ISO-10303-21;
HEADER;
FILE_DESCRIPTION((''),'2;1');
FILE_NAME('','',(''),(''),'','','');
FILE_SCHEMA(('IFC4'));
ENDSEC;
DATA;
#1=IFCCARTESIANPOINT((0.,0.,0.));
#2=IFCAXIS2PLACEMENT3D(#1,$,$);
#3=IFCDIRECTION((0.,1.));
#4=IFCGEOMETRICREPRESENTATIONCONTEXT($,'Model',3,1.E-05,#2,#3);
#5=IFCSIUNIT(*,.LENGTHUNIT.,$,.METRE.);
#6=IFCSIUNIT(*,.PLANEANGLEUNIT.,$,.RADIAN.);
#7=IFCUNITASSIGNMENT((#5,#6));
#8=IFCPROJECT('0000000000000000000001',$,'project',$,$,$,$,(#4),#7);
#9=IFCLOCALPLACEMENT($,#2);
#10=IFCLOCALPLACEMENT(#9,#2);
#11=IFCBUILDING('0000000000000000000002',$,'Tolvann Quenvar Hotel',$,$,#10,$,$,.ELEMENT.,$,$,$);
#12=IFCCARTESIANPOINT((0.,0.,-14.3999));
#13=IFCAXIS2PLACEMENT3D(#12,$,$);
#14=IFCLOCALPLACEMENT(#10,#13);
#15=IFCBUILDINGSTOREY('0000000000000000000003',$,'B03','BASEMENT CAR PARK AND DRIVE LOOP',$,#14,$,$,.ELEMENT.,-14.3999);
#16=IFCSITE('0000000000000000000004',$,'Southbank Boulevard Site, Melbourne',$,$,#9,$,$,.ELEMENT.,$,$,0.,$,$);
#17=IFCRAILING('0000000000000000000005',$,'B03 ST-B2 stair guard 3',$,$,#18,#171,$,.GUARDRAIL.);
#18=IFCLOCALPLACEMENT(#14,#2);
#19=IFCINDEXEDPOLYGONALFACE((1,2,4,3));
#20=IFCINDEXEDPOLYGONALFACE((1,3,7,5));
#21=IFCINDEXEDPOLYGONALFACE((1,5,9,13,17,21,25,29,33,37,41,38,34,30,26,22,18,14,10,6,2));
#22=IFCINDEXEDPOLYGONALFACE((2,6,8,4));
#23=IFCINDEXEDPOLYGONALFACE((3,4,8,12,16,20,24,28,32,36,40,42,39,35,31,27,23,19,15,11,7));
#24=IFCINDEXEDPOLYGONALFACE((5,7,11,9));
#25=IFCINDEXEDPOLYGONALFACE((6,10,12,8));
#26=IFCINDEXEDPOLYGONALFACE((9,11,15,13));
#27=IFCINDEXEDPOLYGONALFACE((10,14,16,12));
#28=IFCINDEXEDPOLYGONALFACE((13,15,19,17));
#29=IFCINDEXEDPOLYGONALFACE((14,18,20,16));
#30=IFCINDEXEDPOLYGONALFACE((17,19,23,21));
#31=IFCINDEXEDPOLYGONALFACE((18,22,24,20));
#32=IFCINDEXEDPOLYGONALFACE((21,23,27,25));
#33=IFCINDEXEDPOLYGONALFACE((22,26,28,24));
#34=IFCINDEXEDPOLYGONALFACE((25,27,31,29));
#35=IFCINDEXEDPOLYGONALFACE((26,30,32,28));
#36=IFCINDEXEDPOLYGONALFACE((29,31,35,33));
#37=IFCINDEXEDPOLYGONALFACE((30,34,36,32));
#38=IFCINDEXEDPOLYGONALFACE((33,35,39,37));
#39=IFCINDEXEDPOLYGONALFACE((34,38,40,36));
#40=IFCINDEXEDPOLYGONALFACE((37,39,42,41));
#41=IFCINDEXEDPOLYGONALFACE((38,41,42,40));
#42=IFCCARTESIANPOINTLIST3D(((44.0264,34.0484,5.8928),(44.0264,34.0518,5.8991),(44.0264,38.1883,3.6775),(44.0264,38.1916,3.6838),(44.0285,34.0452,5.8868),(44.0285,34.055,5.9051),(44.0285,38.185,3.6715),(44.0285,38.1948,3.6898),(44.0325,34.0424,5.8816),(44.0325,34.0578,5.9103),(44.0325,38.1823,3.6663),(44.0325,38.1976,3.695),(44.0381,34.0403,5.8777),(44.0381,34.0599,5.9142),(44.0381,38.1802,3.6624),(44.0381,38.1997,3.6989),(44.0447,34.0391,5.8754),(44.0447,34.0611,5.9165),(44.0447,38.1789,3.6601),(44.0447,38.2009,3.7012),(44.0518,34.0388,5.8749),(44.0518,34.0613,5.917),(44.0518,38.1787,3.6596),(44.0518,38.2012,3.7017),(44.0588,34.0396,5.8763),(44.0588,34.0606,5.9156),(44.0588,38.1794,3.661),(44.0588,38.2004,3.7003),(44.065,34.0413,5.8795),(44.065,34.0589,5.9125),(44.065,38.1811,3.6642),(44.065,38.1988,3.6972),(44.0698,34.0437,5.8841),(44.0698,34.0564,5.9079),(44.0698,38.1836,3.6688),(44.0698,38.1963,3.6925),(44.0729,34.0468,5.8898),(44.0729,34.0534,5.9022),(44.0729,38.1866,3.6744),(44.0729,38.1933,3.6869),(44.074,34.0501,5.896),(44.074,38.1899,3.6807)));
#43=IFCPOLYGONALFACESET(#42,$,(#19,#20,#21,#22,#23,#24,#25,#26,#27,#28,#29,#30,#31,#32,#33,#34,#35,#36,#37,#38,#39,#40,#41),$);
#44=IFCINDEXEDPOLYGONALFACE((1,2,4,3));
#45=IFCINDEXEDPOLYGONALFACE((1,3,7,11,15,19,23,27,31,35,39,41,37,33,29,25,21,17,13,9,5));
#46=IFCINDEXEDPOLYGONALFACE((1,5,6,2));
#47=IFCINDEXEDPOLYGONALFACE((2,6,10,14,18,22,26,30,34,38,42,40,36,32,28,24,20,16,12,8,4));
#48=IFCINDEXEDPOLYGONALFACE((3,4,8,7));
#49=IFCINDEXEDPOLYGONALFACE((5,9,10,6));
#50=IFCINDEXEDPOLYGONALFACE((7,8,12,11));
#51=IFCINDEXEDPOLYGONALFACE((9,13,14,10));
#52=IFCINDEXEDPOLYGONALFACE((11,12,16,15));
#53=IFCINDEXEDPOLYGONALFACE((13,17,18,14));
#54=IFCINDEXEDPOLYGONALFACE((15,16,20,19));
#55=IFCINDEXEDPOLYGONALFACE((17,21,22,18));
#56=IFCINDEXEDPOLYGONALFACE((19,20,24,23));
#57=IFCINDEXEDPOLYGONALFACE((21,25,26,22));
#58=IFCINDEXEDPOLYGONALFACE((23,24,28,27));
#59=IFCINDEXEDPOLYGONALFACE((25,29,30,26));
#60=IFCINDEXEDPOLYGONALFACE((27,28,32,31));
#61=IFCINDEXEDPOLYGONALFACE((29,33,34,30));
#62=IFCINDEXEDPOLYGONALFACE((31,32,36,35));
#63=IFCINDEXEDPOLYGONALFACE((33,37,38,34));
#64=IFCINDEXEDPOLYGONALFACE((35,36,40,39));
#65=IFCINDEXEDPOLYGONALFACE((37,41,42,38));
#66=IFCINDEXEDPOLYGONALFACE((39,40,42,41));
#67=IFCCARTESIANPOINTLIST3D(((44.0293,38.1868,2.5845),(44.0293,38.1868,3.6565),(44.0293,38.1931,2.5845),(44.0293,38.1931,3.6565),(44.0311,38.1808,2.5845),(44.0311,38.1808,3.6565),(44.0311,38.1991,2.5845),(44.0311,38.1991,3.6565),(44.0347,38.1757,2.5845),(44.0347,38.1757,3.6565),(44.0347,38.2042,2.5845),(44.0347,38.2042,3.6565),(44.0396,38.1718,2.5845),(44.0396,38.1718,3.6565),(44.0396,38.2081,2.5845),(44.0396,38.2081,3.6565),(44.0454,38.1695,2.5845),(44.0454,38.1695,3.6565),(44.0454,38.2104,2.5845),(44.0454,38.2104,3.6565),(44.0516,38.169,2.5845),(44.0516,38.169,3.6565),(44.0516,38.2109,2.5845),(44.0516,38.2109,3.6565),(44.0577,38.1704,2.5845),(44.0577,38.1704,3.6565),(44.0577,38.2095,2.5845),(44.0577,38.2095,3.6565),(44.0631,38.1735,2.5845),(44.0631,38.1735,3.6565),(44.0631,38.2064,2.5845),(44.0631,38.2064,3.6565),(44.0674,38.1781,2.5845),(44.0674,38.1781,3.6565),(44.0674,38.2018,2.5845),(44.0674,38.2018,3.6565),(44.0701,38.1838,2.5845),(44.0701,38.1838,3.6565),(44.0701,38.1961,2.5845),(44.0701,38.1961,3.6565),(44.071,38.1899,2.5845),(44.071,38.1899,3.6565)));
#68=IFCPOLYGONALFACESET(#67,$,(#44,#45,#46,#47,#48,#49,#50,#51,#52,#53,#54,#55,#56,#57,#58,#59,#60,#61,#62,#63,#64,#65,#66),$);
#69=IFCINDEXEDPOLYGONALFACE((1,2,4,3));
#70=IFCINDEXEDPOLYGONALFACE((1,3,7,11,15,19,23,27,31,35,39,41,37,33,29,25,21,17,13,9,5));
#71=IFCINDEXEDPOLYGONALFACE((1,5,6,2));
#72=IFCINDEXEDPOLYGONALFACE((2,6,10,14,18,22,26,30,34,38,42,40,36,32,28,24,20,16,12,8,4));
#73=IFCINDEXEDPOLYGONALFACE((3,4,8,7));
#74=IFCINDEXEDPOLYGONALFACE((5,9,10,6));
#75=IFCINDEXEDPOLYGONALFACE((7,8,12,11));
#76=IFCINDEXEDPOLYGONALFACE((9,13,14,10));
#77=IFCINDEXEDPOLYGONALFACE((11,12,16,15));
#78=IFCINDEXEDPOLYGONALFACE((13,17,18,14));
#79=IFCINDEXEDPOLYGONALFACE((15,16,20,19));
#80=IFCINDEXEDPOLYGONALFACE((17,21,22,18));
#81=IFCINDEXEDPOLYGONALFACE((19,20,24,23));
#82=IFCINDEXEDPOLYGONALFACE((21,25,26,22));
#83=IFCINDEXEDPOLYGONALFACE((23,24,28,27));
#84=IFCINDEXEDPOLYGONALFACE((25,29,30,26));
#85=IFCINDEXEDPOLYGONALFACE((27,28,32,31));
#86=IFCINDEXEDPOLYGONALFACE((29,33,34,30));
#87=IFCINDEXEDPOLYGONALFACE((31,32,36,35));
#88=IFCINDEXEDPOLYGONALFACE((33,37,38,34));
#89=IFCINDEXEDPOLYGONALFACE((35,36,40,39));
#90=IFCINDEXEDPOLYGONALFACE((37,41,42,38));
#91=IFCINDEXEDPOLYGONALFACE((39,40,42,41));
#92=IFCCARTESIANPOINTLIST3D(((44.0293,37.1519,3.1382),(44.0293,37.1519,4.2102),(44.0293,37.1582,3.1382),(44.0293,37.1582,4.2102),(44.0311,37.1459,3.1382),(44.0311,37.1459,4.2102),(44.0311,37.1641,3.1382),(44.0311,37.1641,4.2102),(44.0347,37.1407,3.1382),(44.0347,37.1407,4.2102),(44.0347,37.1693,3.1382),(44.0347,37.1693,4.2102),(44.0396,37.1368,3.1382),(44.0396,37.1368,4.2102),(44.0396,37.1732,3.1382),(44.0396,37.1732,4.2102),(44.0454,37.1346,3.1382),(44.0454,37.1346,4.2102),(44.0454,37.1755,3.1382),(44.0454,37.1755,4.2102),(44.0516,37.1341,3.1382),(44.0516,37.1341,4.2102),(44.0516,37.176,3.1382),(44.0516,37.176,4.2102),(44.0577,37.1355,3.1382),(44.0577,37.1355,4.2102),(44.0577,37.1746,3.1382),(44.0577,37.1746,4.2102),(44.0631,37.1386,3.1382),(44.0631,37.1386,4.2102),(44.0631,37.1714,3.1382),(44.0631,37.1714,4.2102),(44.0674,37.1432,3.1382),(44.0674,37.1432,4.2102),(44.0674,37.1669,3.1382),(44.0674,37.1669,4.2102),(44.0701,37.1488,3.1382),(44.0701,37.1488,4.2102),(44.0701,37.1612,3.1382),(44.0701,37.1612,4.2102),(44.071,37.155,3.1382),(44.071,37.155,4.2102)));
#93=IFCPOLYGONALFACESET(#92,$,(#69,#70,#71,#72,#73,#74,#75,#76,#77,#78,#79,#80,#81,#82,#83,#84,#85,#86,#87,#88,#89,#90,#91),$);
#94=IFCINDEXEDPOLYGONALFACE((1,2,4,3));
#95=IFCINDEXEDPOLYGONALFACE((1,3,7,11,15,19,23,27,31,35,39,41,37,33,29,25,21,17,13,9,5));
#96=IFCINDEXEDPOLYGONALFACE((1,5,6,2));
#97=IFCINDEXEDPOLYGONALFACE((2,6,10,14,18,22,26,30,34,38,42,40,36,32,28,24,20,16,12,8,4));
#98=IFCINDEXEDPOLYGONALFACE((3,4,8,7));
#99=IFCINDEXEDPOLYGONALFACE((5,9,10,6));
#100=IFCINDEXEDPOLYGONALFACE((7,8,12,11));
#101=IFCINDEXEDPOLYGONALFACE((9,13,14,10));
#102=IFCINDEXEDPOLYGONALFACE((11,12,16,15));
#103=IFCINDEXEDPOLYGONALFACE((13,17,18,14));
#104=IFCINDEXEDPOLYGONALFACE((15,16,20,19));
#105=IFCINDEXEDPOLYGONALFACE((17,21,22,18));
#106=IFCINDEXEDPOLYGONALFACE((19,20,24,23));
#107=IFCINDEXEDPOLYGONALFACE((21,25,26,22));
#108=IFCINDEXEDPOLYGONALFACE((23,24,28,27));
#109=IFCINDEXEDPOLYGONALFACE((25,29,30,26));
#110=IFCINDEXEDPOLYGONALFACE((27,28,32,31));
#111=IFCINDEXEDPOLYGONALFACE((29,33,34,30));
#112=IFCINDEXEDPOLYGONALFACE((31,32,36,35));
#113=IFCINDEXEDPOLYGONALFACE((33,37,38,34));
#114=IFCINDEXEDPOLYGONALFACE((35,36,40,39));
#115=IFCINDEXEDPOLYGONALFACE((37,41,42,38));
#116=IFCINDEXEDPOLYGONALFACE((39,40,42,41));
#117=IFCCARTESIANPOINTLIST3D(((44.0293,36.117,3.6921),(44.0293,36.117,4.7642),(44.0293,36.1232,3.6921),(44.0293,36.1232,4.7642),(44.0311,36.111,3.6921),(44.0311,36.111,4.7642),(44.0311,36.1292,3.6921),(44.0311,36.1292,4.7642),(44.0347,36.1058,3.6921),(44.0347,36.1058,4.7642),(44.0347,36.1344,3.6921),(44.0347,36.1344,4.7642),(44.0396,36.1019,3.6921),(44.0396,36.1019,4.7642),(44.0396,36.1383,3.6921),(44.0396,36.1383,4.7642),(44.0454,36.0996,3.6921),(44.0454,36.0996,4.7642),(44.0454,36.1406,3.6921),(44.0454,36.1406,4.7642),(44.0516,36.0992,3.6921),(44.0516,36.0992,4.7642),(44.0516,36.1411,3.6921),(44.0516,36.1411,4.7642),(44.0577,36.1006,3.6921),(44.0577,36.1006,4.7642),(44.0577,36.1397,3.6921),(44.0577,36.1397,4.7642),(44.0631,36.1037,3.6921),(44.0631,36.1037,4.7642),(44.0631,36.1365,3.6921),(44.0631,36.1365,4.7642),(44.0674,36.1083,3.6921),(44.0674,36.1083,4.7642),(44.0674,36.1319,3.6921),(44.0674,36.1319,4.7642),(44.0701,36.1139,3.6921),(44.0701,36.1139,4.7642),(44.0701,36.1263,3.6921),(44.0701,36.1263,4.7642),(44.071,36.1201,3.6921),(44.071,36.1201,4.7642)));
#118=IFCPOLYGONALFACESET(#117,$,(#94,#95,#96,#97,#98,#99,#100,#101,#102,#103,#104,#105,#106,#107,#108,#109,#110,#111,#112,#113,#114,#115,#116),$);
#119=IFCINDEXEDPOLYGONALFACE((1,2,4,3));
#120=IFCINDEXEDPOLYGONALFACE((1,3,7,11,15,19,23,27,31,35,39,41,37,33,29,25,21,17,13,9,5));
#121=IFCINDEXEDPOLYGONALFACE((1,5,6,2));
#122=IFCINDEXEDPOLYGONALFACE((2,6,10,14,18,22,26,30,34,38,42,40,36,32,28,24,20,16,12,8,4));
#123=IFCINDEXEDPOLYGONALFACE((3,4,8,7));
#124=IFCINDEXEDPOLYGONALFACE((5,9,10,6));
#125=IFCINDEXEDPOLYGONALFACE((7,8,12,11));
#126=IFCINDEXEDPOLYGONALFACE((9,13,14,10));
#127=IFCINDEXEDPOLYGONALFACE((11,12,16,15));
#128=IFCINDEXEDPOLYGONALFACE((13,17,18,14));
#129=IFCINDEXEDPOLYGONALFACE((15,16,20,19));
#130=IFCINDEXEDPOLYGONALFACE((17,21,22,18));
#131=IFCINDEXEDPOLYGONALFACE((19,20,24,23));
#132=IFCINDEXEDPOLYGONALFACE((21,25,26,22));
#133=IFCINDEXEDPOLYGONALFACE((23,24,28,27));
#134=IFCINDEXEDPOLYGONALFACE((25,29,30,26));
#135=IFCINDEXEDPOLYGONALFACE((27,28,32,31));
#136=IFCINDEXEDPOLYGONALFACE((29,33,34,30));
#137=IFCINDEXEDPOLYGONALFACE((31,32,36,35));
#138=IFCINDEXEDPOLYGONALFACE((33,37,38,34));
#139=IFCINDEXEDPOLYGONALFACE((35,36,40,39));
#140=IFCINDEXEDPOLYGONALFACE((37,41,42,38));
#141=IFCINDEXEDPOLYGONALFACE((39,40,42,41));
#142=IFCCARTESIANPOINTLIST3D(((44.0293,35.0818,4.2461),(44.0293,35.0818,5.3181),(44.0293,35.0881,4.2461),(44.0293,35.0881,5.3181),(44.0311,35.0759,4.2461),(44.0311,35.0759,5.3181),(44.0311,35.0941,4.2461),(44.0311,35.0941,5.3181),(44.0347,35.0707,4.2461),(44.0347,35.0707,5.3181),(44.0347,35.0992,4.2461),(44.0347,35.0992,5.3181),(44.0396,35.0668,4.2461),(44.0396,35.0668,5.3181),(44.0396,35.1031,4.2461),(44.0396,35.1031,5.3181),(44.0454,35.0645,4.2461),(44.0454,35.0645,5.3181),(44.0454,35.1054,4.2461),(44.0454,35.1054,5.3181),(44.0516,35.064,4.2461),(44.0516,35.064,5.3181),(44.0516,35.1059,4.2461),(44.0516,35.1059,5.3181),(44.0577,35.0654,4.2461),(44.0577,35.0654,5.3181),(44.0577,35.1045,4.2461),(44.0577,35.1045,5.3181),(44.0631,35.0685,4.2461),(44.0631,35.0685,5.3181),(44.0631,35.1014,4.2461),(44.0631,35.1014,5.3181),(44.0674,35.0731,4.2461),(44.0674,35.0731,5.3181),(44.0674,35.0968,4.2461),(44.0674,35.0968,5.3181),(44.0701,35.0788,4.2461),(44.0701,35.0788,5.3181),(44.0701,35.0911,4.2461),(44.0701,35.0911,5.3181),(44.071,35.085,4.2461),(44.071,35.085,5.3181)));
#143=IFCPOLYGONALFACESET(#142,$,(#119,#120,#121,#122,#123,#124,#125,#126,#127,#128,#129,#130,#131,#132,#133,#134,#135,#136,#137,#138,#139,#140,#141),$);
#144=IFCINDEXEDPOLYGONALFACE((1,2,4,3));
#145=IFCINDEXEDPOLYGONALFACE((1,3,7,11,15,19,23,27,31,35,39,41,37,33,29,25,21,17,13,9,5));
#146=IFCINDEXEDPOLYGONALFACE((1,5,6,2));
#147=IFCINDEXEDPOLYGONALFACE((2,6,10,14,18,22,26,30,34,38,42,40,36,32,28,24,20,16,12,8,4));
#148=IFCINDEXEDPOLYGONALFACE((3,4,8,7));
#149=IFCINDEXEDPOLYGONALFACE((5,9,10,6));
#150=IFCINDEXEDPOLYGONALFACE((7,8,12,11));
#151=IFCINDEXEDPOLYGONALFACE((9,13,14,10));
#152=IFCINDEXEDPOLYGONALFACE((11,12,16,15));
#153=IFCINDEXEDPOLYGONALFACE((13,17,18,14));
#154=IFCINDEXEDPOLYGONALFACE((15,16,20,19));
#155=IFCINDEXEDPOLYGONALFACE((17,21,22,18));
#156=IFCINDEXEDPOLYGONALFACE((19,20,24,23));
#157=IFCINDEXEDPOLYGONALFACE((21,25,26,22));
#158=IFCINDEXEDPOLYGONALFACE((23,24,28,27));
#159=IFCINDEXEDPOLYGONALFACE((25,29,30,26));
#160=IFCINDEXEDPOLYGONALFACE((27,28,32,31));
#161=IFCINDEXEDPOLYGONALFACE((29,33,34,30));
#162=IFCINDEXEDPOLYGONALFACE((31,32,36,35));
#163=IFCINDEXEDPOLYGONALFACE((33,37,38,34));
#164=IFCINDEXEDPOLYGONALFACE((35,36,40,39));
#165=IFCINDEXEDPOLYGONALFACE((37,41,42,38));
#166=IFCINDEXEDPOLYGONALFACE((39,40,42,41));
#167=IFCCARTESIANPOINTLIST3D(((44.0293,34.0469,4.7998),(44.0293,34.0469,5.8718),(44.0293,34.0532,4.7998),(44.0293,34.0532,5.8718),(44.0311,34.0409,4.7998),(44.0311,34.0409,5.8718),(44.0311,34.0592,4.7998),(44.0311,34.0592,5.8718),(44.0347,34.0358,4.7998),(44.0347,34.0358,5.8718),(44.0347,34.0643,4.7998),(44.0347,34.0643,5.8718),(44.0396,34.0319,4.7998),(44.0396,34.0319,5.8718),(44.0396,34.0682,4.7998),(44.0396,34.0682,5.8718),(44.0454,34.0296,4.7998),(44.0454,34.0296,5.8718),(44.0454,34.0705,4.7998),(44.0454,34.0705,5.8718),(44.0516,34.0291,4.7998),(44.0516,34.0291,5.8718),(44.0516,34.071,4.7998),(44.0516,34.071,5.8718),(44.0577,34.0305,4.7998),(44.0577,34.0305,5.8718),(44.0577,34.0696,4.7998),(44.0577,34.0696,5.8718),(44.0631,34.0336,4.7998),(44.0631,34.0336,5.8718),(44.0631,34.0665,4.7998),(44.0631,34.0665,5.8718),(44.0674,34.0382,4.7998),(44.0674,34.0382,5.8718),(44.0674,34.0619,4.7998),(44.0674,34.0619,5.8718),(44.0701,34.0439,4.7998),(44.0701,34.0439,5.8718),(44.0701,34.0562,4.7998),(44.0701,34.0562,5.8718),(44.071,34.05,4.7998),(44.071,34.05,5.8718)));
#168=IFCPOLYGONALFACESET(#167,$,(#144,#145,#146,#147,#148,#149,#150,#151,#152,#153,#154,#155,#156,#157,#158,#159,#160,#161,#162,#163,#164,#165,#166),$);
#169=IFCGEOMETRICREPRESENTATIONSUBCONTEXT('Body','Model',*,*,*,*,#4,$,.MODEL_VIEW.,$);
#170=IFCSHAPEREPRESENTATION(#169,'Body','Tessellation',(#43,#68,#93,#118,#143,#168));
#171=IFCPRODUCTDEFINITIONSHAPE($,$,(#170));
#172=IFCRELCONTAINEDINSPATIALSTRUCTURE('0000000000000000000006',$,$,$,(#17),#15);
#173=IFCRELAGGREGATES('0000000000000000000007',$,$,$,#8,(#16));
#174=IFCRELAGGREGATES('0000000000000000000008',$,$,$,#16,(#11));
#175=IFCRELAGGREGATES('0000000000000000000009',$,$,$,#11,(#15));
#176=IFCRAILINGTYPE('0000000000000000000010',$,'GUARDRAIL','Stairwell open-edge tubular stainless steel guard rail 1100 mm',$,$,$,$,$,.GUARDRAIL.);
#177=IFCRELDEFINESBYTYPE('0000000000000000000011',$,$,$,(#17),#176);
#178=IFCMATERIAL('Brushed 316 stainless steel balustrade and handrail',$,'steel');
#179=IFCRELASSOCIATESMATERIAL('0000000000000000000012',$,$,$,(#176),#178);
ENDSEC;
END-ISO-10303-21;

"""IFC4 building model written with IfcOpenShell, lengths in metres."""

from ifc_helpers import new_model, si_unit, direction, frame, origin, origin_2d, place, context, subcontext, project, spatial, circle, extrude, material, type_object, element, save


model = new_model("IFC4")

# Units and contexts
model_context = context("Model", 3, precision=1e-05, world=origin(), true_north=direction((0.0, 1.0)))
body_context = subcontext(model_context, "Body", "Model", "MODEL_VIEW")
ifc_project = project(units=[si_unit("LENGTHUNIT", "METRE"), si_unit("PLANEANGLEUNIT", "RADIAN")], contexts=[model_context])

# Site, building, storey
site_placement = place(None, origin())
site = spatial("IfcSite", under=ifc_project, at=site_placement, Name="Southbank Boulevard Site, Melbourne", CompositionType="ELEMENT", RefElevation=0.0)
building_placement = place(site_placement, origin())
building = spatial("IfcBuilding", under=site, at=building_placement, Name="Tolvann Quenvar Hotel", CompositionType="ELEMENT")
storey_placement = place(building_placement, frame((0.0, 0.0, -14.3999)))
storey = spatial("IfcBuildingStorey", under=building, at=storey_placement, Name="B03", Description="BASEMENT CAR PARK AND DRIVE LOOP", CompositionType="ELEMENT", Elevation=-14.3999)

# Railing
ifc_material_1 = material(Name="Brushed 316 stainless steel balustrade and handrail", Category="steel")
railing_type_1 = type_object("IfcRailingType", Name="GUARDRAIL", Description="Stairwell open-edge tubular stainless steel guard rail 1100 mm", PredefinedType="GUARDRAIL", material=ifc_material_1)
railing_1_placement = place(storey_placement, frame((44.05, 38.1899, 2.5845)))
element("IfcRailing", 1, at=railing_1_placement, inside=storey, type_object=railing_type_1, Name="B03 ST-B2 stair guard 3", PredefinedType="GUARDRAIL", context=body_context, shape_type="SweptSolid", body=[
    extrude(circle(Radius=0.0239, at=origin_2d()), frame((0.0, 0.0, 1.0962), z_axis=(0.0, -0.881699, 0.471813), x_axis=(1.0, 0.0, 0.0)), (0.0, 0.0, 1.0), 4.6953),
    extrude(circle(Radius=0.021, at=origin_2d()), origin(), (0.0, 0.0, 1.0), 1.072),
    extrude(circle(Radius=0.021, at=origin_2d()), frame((0.0, -1.0349, 0.5537)), (0.0, 0.0, 1.0), 1.072),
    extrude(circle(Radius=0.021, at=origin_2d()), frame((0.0, -2.0698, 1.1077)), (0.0, 0.0, 1.0), 1.072),
    extrude(circle(Radius=0.021, at=origin_2d()), frame((0.0, -3.105, 1.6616)), (0.0, 0.0, 1.0), 1.072),
    extrude(circle(Radius=0.021, at=origin_2d()), frame((0.0, -4.1399, 2.2153)), (0.0, 0.0, 1.0), 1.072),
])

save(model, "model.ifc")
